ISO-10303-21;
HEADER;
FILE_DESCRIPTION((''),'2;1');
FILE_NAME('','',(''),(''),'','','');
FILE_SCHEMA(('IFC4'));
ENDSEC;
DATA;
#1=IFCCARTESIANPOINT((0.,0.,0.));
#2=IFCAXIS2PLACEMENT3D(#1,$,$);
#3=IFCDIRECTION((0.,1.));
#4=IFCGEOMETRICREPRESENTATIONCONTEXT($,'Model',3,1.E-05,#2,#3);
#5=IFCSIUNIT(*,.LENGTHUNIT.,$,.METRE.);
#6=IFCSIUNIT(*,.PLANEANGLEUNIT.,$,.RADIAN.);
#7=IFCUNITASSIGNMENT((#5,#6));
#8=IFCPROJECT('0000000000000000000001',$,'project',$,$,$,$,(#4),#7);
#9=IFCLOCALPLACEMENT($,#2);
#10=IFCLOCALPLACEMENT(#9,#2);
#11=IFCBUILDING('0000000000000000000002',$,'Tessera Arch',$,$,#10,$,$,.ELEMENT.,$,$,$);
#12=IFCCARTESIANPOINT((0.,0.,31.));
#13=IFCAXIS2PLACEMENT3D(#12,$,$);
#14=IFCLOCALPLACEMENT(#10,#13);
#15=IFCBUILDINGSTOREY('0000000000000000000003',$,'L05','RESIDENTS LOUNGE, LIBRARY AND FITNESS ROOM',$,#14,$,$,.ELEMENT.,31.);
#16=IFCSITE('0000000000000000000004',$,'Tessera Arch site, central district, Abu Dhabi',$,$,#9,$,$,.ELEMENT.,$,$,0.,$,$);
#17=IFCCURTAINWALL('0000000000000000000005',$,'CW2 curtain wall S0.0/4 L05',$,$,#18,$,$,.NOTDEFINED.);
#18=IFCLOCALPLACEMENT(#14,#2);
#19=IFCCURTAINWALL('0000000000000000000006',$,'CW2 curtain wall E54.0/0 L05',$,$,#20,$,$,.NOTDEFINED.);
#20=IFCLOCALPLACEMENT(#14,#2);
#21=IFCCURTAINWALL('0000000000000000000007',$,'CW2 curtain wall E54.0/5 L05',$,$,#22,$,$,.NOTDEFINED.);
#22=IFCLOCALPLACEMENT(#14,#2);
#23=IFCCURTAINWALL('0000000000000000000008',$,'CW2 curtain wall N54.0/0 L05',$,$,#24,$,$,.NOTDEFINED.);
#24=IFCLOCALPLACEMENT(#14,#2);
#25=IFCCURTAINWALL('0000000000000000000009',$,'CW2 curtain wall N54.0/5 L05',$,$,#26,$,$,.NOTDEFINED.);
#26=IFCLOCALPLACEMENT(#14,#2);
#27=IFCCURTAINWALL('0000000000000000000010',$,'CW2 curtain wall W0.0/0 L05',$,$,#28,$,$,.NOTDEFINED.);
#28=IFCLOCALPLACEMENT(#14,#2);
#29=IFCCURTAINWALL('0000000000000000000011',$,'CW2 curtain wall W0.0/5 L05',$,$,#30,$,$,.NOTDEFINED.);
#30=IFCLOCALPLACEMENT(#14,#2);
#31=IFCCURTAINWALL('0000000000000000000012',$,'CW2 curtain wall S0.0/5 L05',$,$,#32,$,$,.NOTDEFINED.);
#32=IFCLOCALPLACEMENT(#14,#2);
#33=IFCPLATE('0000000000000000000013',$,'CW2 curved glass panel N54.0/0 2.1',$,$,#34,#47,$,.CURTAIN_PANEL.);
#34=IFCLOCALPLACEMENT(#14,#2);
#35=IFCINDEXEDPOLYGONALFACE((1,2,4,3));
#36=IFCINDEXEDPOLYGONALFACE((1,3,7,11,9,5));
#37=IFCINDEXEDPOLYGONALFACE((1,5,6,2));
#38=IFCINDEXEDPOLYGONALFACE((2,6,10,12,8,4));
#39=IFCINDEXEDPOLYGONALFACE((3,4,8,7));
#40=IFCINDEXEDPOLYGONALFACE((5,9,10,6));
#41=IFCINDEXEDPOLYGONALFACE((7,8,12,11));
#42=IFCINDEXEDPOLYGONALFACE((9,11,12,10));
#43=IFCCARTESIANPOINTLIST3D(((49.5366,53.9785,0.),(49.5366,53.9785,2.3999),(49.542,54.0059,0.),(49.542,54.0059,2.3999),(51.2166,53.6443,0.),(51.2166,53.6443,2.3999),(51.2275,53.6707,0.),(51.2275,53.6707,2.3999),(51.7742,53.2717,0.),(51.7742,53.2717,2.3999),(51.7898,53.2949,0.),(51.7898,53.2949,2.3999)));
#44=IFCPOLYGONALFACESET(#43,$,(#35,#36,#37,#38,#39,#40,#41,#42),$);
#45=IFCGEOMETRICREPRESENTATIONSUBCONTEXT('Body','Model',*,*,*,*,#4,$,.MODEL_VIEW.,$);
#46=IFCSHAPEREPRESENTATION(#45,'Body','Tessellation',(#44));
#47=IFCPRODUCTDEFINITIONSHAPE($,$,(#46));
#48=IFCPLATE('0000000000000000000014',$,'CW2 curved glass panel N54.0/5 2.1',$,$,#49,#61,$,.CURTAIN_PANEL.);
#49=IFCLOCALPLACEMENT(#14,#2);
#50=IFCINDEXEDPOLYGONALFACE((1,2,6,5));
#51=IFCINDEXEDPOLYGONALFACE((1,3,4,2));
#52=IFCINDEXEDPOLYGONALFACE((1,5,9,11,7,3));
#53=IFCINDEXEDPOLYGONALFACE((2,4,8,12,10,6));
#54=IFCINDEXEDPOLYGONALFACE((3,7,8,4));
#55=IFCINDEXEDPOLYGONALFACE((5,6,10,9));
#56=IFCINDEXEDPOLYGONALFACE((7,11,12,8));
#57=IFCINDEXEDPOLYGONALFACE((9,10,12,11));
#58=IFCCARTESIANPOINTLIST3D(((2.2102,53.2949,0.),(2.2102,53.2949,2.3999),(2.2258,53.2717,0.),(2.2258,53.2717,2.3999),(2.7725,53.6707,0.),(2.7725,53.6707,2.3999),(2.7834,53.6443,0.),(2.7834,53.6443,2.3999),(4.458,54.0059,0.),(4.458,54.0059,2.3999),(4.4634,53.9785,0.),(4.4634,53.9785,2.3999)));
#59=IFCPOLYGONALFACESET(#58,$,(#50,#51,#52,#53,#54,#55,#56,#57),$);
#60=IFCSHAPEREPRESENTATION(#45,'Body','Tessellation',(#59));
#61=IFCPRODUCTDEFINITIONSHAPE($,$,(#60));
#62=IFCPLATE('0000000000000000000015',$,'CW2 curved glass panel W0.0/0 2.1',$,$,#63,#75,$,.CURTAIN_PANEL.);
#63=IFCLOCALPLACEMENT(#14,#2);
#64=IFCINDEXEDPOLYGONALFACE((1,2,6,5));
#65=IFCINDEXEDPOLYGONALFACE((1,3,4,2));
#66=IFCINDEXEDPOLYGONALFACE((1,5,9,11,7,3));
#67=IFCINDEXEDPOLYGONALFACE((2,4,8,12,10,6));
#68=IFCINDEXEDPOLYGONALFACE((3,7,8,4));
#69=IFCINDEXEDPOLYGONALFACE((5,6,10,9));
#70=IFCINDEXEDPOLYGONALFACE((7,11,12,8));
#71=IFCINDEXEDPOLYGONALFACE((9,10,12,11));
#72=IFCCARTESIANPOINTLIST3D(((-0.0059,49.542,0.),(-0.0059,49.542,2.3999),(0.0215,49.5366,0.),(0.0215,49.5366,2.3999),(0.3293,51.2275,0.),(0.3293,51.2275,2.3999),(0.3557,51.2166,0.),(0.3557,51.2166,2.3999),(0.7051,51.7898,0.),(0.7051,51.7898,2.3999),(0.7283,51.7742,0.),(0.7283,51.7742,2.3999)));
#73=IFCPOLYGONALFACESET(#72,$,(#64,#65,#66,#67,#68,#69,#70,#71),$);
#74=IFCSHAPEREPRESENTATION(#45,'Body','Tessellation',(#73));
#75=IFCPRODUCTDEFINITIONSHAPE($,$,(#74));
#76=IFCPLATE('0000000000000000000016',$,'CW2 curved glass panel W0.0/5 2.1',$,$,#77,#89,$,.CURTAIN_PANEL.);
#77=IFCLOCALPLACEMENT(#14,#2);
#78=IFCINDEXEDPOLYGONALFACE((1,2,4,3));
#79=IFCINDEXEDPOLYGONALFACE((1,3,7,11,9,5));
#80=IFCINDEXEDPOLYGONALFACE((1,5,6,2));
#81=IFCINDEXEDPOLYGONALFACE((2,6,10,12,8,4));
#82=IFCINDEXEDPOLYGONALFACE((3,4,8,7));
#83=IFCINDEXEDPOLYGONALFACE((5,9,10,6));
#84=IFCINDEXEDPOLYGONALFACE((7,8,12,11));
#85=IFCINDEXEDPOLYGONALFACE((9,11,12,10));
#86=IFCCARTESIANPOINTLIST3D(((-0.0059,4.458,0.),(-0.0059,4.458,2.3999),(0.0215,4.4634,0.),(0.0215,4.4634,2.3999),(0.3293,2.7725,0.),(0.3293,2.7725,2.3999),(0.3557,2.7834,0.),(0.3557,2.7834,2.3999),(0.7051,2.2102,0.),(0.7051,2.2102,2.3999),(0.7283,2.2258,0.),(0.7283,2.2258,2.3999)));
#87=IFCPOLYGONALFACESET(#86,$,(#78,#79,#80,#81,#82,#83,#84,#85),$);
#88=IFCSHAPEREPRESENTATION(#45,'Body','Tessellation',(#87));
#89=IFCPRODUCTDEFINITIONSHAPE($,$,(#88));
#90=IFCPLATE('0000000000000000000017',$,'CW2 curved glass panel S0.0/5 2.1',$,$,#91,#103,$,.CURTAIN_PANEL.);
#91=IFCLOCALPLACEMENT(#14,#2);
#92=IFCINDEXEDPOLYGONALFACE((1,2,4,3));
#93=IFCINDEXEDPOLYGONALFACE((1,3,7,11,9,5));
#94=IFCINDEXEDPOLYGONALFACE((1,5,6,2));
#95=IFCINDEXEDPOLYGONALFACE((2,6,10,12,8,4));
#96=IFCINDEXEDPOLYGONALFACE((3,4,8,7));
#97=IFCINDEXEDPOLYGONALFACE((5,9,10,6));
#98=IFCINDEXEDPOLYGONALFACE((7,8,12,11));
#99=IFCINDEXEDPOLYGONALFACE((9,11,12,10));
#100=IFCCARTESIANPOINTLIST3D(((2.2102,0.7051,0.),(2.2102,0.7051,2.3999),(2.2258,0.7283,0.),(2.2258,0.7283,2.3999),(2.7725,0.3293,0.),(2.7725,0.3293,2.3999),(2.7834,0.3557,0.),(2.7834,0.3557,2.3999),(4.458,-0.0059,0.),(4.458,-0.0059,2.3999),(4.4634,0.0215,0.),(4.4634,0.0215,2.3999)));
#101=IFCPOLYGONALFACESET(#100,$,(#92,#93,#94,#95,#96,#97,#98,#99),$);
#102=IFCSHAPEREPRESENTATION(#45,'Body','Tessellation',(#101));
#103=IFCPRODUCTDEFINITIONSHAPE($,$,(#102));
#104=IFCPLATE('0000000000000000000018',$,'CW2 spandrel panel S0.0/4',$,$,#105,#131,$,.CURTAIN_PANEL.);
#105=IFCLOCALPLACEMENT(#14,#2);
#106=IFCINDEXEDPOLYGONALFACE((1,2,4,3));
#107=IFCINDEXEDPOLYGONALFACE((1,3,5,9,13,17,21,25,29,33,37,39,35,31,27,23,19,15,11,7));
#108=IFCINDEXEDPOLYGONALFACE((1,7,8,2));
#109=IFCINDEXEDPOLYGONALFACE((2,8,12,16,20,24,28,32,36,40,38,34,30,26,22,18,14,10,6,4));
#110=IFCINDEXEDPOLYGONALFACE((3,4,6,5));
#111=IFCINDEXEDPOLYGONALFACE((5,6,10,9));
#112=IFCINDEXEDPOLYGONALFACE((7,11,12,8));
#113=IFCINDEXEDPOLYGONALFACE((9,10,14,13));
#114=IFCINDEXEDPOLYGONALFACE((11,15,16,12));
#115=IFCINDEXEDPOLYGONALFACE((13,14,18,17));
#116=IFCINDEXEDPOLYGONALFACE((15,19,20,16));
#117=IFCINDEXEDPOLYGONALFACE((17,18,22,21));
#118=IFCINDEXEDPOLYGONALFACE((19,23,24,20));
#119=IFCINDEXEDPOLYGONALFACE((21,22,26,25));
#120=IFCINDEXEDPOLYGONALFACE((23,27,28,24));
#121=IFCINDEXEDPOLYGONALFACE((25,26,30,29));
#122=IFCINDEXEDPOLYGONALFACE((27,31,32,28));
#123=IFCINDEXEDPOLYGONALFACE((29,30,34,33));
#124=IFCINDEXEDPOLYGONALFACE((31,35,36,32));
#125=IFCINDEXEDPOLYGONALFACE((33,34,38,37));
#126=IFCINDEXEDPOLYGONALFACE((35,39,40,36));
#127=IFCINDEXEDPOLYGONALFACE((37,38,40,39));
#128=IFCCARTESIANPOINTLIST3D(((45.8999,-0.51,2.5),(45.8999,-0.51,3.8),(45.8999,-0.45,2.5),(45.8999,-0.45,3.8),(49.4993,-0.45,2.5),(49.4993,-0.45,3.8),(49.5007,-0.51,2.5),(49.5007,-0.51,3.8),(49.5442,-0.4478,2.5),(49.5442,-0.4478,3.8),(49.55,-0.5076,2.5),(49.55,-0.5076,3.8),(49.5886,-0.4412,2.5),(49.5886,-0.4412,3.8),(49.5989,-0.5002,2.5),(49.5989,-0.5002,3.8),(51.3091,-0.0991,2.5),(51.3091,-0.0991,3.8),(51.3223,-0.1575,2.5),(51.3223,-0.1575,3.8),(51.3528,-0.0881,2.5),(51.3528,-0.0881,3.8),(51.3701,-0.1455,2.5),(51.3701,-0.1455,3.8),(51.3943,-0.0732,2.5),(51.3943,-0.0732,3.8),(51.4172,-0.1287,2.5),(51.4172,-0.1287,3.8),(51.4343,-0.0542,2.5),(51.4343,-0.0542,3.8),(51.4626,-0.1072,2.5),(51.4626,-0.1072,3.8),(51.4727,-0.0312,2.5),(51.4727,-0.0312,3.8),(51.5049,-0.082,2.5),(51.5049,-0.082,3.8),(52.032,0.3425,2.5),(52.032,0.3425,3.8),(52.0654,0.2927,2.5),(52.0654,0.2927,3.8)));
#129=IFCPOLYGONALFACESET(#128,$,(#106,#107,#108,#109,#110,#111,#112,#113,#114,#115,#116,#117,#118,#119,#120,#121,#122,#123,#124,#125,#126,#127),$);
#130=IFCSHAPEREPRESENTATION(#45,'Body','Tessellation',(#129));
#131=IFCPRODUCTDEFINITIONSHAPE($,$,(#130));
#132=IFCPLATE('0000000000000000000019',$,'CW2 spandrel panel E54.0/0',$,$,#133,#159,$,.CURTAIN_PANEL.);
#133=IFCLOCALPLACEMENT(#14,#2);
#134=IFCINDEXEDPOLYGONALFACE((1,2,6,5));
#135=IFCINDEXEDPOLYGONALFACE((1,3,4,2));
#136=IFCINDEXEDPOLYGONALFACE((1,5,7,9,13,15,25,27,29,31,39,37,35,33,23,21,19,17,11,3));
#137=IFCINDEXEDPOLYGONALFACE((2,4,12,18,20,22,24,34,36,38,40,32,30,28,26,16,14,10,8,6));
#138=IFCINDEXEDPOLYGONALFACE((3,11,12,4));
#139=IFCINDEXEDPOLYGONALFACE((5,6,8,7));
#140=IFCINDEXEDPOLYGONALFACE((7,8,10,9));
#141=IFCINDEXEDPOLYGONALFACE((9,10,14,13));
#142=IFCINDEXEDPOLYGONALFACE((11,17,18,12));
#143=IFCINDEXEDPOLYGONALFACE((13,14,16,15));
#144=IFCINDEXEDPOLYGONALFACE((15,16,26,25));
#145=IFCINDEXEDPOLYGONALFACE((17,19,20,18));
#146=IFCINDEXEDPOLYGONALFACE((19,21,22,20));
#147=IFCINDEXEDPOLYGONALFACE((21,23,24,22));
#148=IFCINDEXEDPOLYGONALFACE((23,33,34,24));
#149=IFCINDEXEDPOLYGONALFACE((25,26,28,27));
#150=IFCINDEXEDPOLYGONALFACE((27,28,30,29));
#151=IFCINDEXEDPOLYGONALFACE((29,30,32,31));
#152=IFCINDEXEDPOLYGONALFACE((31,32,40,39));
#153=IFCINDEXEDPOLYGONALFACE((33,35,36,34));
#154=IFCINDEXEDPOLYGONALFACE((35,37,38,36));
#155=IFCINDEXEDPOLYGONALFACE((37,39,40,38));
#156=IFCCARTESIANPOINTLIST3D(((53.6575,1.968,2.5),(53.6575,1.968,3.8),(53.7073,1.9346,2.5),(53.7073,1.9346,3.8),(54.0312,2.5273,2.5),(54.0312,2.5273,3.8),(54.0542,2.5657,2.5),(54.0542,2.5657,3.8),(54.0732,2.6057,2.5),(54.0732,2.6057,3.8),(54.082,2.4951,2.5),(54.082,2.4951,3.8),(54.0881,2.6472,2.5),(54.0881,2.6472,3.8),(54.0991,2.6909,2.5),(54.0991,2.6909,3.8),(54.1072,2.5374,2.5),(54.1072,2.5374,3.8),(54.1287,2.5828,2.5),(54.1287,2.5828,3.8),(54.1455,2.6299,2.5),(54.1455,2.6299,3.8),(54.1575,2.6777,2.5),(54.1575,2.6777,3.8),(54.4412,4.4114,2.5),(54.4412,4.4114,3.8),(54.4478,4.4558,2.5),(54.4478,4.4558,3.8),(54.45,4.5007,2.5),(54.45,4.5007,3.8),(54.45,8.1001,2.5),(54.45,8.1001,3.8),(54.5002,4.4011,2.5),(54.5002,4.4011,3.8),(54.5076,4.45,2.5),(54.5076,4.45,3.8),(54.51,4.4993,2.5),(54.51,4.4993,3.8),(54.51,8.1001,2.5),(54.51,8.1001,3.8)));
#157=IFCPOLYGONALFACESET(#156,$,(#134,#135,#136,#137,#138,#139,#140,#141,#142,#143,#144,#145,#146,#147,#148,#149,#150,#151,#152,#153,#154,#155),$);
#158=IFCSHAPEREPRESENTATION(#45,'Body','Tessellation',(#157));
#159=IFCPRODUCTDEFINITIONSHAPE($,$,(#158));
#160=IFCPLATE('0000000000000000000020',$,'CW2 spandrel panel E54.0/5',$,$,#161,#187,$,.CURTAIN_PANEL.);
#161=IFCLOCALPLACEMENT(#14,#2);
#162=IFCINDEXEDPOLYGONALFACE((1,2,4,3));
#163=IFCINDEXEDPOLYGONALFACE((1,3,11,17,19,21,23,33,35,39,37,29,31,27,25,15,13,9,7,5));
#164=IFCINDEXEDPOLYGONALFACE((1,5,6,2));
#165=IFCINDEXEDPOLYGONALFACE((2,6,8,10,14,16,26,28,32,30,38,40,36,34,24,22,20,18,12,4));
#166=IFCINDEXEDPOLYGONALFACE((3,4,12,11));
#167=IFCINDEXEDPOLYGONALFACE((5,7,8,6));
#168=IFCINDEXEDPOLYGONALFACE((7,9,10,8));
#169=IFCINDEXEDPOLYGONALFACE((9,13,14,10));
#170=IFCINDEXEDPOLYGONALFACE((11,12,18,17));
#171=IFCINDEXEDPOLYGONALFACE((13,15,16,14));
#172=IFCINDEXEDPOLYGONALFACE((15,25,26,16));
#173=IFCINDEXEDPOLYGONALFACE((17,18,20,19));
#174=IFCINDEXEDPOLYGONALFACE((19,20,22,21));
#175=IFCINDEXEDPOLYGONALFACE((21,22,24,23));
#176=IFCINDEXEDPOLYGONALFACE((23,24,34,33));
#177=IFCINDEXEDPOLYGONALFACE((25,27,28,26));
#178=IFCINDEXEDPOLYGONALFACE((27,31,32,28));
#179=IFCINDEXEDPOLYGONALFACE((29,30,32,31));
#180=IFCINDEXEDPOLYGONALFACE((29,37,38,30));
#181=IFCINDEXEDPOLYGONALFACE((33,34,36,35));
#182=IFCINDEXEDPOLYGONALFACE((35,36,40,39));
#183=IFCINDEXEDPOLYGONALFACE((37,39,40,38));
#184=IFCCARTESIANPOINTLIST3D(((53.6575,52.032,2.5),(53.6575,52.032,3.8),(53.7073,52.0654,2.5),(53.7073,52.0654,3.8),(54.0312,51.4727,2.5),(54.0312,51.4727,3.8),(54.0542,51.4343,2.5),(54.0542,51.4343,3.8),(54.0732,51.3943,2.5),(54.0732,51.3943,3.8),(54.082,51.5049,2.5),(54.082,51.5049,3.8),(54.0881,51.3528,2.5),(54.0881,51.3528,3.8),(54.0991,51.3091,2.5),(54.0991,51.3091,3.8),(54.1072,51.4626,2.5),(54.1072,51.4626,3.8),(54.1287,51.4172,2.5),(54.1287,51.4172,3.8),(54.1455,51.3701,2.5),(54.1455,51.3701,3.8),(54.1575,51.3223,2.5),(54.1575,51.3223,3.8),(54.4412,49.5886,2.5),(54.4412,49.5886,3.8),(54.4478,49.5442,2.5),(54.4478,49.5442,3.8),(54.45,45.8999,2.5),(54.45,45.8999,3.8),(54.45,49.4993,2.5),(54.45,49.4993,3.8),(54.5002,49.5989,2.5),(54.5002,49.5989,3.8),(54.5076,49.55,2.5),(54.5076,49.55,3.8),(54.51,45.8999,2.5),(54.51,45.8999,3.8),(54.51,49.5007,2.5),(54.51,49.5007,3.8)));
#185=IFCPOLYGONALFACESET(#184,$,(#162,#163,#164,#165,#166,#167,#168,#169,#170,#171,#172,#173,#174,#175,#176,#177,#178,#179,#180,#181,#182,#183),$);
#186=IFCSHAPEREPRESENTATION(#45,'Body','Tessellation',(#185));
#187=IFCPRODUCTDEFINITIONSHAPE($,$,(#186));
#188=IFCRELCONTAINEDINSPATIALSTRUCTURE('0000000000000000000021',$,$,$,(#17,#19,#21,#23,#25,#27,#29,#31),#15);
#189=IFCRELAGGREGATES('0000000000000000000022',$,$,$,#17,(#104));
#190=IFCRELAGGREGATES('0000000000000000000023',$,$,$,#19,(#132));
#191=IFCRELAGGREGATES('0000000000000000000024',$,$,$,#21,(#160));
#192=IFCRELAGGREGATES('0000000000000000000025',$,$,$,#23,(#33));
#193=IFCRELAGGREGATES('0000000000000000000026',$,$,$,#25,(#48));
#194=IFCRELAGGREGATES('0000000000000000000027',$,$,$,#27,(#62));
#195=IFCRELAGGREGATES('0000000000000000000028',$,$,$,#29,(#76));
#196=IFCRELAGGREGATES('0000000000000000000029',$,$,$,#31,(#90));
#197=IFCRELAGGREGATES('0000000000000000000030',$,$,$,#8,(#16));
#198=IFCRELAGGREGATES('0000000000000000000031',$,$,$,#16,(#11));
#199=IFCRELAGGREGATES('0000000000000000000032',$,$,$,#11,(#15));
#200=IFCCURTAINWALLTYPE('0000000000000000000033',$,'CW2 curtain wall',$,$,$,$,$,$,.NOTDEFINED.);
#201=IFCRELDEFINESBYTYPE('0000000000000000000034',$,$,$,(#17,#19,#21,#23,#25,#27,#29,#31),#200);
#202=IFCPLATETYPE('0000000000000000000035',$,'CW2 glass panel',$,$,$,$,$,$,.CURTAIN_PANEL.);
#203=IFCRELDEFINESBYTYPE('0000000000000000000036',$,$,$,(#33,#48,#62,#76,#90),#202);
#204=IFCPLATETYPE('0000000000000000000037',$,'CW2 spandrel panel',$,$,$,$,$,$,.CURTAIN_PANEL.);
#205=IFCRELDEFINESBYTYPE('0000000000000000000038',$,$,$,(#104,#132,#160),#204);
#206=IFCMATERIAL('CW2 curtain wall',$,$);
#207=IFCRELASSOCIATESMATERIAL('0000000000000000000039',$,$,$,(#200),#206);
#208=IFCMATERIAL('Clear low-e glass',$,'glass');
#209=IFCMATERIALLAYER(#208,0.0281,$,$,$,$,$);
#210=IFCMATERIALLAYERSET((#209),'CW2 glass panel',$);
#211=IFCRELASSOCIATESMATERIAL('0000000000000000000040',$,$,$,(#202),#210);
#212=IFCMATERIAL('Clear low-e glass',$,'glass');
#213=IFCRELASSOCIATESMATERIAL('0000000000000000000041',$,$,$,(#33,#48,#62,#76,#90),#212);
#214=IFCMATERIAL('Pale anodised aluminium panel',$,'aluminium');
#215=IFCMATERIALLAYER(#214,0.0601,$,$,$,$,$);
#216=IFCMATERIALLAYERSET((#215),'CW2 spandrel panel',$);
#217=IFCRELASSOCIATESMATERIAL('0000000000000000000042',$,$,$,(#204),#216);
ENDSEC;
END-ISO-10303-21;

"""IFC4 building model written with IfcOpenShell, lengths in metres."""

from ifc_helpers import new_model, si_unit, direction, frame, origin, place, context, subcontext, project, spatial, polyline, outline, extrude, material, layer, layer_set, type_object, element, aggregate, save


model = new_model("IFC4")

# Units and contexts
model_context = context("Model", 3, precision=1e-05, world=origin(), true_north=direction((0.0, 1.0)))
body_context = subcontext(model_context, "Body", "Model", "MODEL_VIEW")
ifc_project = project(units=[si_unit("LENGTHUNIT", "METRE"), si_unit("PLANEANGLEUNIT", "RADIAN")], contexts=[model_context])

# Site, building, storey
site_placement = place(None, origin())
site = spatial("IfcSite", under=ifc_project, at=site_placement, Name="Tessera Arch site, central district, Abu Dhabi", CompositionType="ELEMENT", RefElevation=0.0)
building_placement = place(site_placement, origin())
building = spatial("IfcBuilding", under=site, at=building_placement, Name="Tessera Arch", CompositionType="ELEMENT")
storey_placement = place(building_placement, frame((0.0, 0.0, 31.0)))
storey = spatial("IfcBuildingStorey", under=building, at=storey_placement, Name="L05", Description="RESIDENTS LOUNGE, LIBRARY AND FITNESS ROOM", CompositionType="ELEMENT", Elevation=31.0)

# Curtain walls
ifc_material_1 = material(Name="CW2 curtain wall")
curtain_wall_type = type_object("IfcCurtainWallType", Name="CW2 curtain wall", PredefinedType="NOTDEFINED", material=ifc_material_1)
curtain_wall_1_placement = place(storey_placement, origin())
curtain_wall_1 = element("IfcCurtainWall", 1, at=curtain_wall_1_placement, inside=storey, type_object=curtain_wall_type, Name="CW2 curtain wall S0.0/4 L05", PredefinedType="NOTDEFINED")
curtain_wall_2_placement = place(storey_placement, origin())
curtain_wall_2 = element("IfcCurtainWall", 2, at=curtain_wall_2_placement, inside=storey, type_object=curtain_wall_type, Name="CW2 curtain wall E54.0/0 L05", PredefinedType="NOTDEFINED")
curtain_wall_3_placement = place(storey_placement, origin())
curtain_wall_3 = element("IfcCurtainWall", 3, at=curtain_wall_3_placement, inside=storey, type_object=curtain_wall_type, Name="CW2 curtain wall E54.0/5 L05", PredefinedType="NOTDEFINED")
curtain_wall_4_placement = place(storey_placement, origin())
curtain_wall_4 = element("IfcCurtainWall", 4, at=curtain_wall_4_placement, inside=storey, type_object=curtain_wall_type, Name="CW2 curtain wall N54.0/0 L05", PredefinedType="NOTDEFINED")
curtain_wall_5_placement = place(storey_placement, origin())
curtain_wall_5 = element("IfcCurtainWall", 5, at=curtain_wall_5_placement, inside=storey, type_object=curtain_wall_type, Name="CW2 curtain wall N54.0/5 L05", PredefinedType="NOTDEFINED")
curtain_wall_6_placement = place(storey_placement, origin())
curtain_wall_6 = element("IfcCurtainWall", 6, at=curtain_wall_6_placement, inside=storey, type_object=curtain_wall_type, Name="CW2 curtain wall W0.0/0 L05", PredefinedType="NOTDEFINED")
curtain_wall_7_placement = place(storey_placement, origin())
curtain_wall_7 = element("IfcCurtainWall", 7, at=curtain_wall_7_placement, inside=storey, type_object=curtain_wall_type, Name="CW2 curtain wall W0.0/5 L05", PredefinedType="NOTDEFINED")
curtain_wall_8_placement = place(storey_placement, origin())
curtain_wall_8 = element("IfcCurtainWall", 8, at=curtain_wall_8_placement, inside=storey, type_object=curtain_wall_type, Name="CW2 curtain wall S0.0/5 L05", PredefinedType="NOTDEFINED")

# Plates
ifc_material_2 = material(Name="Clear low-e glass", Category="glass")
ifc_material_3 = material(Name="Clear low-e glass", Category="glass")
ifc_layer_1 = layer(ifc_material_3, 0.0281)
ifc_layer_set_1 = layer_set([ifc_layer_1], Name="CW2 glass panel")
plate_type_1 = type_object("IfcPlateType", Name="CW2 glass panel", PredefinedType="CURTAIN_PANEL", material=ifc_layer_set_1)
plate_1_placement = place(storey_placement, origin())
plate_1 = element("IfcPlate", 9, at=plate_1_placement, type_object=plate_type_1, material=ifc_material_2, Name="CW2 curved glass panel N54.0/0 2.1", PredefinedType="CURTAIN_PANEL", context=body_context, shape_type="SweptSolid", body=[
    extrude(outline(polyline([(51.2166, 53.6443), (51.7742, 53.2717), (51.7898, 53.2949), (51.2275, 53.6707), (49.542, 54.0059), (49.5366, 53.9785), (51.2166, 53.6443)])), origin(), (0.0, 0.0, 1.0), 2.3999),
])
plate_2_placement = place(storey_placement, origin())
plate_2 = element("IfcPlate", 10, at=plate_2_placement, type_object=plate_type_1, material=ifc_material_2, Name="CW2 curved glass panel N54.0/5 2.1", PredefinedType="CURTAIN_PANEL", context=body_context, shape_type="SweptSolid", body=[
    extrude(outline(polyline([(2.7834, 53.6443), (4.4634, 53.9785), (4.458, 54.0059), (2.7725, 53.6707), (2.2102, 53.2949), (2.2258, 53.2717), (2.7834, 53.6443)])), origin(), (0.0, 0.0, 1.0), 2.3999),
])
plate_3_placement = place(storey_placement, origin())
plate_3 = element("IfcPlate", 11, at=plate_3_placement, type_object=plate_type_1, material=ifc_material_2, Name="CW2 curved glass panel W0.0/0 2.1", PredefinedType="CURTAIN_PANEL", context=body_context, shape_type="SweptSolid", body=[
    extrude(outline(polyline([(0.3557, 51.2166), (0.7283, 51.7742), (0.7051, 51.7898), (0.3293, 51.2275), (-0.0059, 49.542), (0.0215, 49.5366), (0.3557, 51.2166)])), origin(), (0.0, 0.0, 1.0), 2.3999),
])
plate_4_placement = place(storey_placement, origin())
plate_4 = element("IfcPlate", 12, at=plate_4_placement, type_object=plate_type_1, material=ifc_material_2, Name="CW2 curved glass panel W0.0/5 2.1", PredefinedType="CURTAIN_PANEL", context=body_context, shape_type="SweptSolid", body=[
    extrude(outline(polyline([(0.3557, 2.7834), (0.0215, 4.4634), (-0.0059, 4.458), (0.3293, 2.7725), (0.7051, 2.2102), (0.7283, 2.2258), (0.3557, 2.7834)])), origin(), (0.0, 0.0, 1.0), 2.3999),
])
plate_5_placement = place(storey_placement, origin())
plate_5 = element("IfcPlate", 13, at=plate_5_placement, type_object=plate_type_1, material=ifc_material_2, Name="CW2 curved glass panel S0.0/5 2.1", PredefinedType="CURTAIN_PANEL", context=body_context, shape_type="SweptSolid", body=[
    extrude(outline(polyline([(2.7834, 0.3557), (2.2258, 0.7283), (2.2102, 0.7051), (2.7725, 0.3293), (4.458, -0.0059), (4.4634, 0.0215), (2.7834, 0.3557)])), origin(), (0.0, 0.0, 1.0), 2.3999),
])
ifc_material_4 = material(Name="Pale anodised aluminium panel", Category="aluminium")
ifc_layer_2 = layer(ifc_material_4, 0.0601)
ifc_layer_set_2 = layer_set([ifc_layer_2], Name="CW2 spandrel panel")
plate_type_2 = type_object("IfcPlateType", Name="CW2 spandrel panel", PredefinedType="CURTAIN_PANEL", material=ifc_layer_set_2)
plate_6_placement = place(storey_placement, frame((0.0, 0.0, 2.5)))
plate_6 = element("IfcPlate", 14, at=plate_6_placement, type_object=plate_type_2, Name="CW2 spandrel panel S0.0/4", PredefinedType="CURTAIN_PANEL", context=body_context, shape_type="SweptSolid", body=[
    extrude(outline(polyline([(49.4993, -0.45), (45.8999, -0.45), (45.8999, -0.51), (49.5007, -0.51), (49.55, -0.5076), (49.5989, -0.5002), (51.3223, -0.1575), (51.3701, -0.1455), (51.4172, -0.1287), (51.4626, -0.1072), (51.5049, -0.082), (52.0654, 0.2927), (52.032, 0.3425), (51.4727, -0.0312), (51.4343, -0.0542), (51.3943, -0.0732), (51.3528, -0.0881), (51.3091, -0.0991), (49.5886, -0.4412), (49.5442, -0.4478), (49.4993, -0.45)])), origin(), (0.0, 0.0, 1.0), 1.3),
])
aggregate(curtain_wall_1, [plate_6])
plate_7_placement = place(storey_placement, frame((0.0, 0.0, 2.5)))
plate_7 = element("IfcPlate", 15, at=plate_7_placement, type_object=plate_type_2, Name="CW2 spandrel panel E54.0/0", PredefinedType="CURTAIN_PANEL", context=body_context, shape_type="SweptSolid", body=[
    extrude(outline(polyline([(54.0312, 2.5273), (53.6575, 1.968), (53.7073, 1.9346), (54.082, 2.4951), (54.1072, 2.5374), (54.1287, 2.5828), (54.1455, 2.6299), (54.1575, 2.6777), (54.5002, 4.4011), (54.5076, 4.45), (54.51, 4.4993), (54.51, 8.1001), (54.45, 8.1001), (54.45, 4.5007), (54.4478, 4.4558), (54.4412, 4.4114), (54.0991, 2.6909), (54.0881, 2.6472), (54.0732, 2.6057), (54.0542, 2.5657), (54.0312, 2.5273)])), origin(), (0.0, 0.0, 1.0), 1.3),
])
aggregate(curtain_wall_2, [plate_7])
plate_8_placement = place(storey_placement, frame((0.0, 0.0, 2.5)))
plate_8 = element("IfcPlate", 16, at=plate_8_placement, type_object=plate_type_2, Name="CW2 spandrel panel E54.0/5", PredefinedType="CURTAIN_PANEL", context=body_context, shape_type="SweptSolid", body=[
    extrude(outline(polyline([(54.45, 49.4993), (54.45, 45.8999), (54.51, 45.8999), (54.51, 49.5007), (54.5076, 49.55), (54.5002, 49.5989), (54.1575, 51.3223), (54.1455, 51.3701), (54.1287, 51.4172), (54.1072, 51.4626), (54.082, 51.5049), (53.7073, 52.0654), (53.6575, 52.032), (54.0312, 51.4727), (54.0542, 51.4343), (54.0732, 51.3943), (54.0881, 51.3528), (54.0991, 51.3091), (54.4412, 49.5886), (54.4478, 49.5442), (54.45, 49.4993)])), origin(), (0.0, 0.0, 1.0), 1.3),
])
aggregate(curtain_wall_3, [plate_8])
aggregate(curtain_wall_4, [plate_1])
aggregate(curtain_wall_5, [plate_2])
aggregate(curtain_wall_6, [plate_3])
aggregate(curtain_wall_7, [plate_4])
aggregate(curtain_wall_8, [plate_5])

save(model, "model.ifc")
